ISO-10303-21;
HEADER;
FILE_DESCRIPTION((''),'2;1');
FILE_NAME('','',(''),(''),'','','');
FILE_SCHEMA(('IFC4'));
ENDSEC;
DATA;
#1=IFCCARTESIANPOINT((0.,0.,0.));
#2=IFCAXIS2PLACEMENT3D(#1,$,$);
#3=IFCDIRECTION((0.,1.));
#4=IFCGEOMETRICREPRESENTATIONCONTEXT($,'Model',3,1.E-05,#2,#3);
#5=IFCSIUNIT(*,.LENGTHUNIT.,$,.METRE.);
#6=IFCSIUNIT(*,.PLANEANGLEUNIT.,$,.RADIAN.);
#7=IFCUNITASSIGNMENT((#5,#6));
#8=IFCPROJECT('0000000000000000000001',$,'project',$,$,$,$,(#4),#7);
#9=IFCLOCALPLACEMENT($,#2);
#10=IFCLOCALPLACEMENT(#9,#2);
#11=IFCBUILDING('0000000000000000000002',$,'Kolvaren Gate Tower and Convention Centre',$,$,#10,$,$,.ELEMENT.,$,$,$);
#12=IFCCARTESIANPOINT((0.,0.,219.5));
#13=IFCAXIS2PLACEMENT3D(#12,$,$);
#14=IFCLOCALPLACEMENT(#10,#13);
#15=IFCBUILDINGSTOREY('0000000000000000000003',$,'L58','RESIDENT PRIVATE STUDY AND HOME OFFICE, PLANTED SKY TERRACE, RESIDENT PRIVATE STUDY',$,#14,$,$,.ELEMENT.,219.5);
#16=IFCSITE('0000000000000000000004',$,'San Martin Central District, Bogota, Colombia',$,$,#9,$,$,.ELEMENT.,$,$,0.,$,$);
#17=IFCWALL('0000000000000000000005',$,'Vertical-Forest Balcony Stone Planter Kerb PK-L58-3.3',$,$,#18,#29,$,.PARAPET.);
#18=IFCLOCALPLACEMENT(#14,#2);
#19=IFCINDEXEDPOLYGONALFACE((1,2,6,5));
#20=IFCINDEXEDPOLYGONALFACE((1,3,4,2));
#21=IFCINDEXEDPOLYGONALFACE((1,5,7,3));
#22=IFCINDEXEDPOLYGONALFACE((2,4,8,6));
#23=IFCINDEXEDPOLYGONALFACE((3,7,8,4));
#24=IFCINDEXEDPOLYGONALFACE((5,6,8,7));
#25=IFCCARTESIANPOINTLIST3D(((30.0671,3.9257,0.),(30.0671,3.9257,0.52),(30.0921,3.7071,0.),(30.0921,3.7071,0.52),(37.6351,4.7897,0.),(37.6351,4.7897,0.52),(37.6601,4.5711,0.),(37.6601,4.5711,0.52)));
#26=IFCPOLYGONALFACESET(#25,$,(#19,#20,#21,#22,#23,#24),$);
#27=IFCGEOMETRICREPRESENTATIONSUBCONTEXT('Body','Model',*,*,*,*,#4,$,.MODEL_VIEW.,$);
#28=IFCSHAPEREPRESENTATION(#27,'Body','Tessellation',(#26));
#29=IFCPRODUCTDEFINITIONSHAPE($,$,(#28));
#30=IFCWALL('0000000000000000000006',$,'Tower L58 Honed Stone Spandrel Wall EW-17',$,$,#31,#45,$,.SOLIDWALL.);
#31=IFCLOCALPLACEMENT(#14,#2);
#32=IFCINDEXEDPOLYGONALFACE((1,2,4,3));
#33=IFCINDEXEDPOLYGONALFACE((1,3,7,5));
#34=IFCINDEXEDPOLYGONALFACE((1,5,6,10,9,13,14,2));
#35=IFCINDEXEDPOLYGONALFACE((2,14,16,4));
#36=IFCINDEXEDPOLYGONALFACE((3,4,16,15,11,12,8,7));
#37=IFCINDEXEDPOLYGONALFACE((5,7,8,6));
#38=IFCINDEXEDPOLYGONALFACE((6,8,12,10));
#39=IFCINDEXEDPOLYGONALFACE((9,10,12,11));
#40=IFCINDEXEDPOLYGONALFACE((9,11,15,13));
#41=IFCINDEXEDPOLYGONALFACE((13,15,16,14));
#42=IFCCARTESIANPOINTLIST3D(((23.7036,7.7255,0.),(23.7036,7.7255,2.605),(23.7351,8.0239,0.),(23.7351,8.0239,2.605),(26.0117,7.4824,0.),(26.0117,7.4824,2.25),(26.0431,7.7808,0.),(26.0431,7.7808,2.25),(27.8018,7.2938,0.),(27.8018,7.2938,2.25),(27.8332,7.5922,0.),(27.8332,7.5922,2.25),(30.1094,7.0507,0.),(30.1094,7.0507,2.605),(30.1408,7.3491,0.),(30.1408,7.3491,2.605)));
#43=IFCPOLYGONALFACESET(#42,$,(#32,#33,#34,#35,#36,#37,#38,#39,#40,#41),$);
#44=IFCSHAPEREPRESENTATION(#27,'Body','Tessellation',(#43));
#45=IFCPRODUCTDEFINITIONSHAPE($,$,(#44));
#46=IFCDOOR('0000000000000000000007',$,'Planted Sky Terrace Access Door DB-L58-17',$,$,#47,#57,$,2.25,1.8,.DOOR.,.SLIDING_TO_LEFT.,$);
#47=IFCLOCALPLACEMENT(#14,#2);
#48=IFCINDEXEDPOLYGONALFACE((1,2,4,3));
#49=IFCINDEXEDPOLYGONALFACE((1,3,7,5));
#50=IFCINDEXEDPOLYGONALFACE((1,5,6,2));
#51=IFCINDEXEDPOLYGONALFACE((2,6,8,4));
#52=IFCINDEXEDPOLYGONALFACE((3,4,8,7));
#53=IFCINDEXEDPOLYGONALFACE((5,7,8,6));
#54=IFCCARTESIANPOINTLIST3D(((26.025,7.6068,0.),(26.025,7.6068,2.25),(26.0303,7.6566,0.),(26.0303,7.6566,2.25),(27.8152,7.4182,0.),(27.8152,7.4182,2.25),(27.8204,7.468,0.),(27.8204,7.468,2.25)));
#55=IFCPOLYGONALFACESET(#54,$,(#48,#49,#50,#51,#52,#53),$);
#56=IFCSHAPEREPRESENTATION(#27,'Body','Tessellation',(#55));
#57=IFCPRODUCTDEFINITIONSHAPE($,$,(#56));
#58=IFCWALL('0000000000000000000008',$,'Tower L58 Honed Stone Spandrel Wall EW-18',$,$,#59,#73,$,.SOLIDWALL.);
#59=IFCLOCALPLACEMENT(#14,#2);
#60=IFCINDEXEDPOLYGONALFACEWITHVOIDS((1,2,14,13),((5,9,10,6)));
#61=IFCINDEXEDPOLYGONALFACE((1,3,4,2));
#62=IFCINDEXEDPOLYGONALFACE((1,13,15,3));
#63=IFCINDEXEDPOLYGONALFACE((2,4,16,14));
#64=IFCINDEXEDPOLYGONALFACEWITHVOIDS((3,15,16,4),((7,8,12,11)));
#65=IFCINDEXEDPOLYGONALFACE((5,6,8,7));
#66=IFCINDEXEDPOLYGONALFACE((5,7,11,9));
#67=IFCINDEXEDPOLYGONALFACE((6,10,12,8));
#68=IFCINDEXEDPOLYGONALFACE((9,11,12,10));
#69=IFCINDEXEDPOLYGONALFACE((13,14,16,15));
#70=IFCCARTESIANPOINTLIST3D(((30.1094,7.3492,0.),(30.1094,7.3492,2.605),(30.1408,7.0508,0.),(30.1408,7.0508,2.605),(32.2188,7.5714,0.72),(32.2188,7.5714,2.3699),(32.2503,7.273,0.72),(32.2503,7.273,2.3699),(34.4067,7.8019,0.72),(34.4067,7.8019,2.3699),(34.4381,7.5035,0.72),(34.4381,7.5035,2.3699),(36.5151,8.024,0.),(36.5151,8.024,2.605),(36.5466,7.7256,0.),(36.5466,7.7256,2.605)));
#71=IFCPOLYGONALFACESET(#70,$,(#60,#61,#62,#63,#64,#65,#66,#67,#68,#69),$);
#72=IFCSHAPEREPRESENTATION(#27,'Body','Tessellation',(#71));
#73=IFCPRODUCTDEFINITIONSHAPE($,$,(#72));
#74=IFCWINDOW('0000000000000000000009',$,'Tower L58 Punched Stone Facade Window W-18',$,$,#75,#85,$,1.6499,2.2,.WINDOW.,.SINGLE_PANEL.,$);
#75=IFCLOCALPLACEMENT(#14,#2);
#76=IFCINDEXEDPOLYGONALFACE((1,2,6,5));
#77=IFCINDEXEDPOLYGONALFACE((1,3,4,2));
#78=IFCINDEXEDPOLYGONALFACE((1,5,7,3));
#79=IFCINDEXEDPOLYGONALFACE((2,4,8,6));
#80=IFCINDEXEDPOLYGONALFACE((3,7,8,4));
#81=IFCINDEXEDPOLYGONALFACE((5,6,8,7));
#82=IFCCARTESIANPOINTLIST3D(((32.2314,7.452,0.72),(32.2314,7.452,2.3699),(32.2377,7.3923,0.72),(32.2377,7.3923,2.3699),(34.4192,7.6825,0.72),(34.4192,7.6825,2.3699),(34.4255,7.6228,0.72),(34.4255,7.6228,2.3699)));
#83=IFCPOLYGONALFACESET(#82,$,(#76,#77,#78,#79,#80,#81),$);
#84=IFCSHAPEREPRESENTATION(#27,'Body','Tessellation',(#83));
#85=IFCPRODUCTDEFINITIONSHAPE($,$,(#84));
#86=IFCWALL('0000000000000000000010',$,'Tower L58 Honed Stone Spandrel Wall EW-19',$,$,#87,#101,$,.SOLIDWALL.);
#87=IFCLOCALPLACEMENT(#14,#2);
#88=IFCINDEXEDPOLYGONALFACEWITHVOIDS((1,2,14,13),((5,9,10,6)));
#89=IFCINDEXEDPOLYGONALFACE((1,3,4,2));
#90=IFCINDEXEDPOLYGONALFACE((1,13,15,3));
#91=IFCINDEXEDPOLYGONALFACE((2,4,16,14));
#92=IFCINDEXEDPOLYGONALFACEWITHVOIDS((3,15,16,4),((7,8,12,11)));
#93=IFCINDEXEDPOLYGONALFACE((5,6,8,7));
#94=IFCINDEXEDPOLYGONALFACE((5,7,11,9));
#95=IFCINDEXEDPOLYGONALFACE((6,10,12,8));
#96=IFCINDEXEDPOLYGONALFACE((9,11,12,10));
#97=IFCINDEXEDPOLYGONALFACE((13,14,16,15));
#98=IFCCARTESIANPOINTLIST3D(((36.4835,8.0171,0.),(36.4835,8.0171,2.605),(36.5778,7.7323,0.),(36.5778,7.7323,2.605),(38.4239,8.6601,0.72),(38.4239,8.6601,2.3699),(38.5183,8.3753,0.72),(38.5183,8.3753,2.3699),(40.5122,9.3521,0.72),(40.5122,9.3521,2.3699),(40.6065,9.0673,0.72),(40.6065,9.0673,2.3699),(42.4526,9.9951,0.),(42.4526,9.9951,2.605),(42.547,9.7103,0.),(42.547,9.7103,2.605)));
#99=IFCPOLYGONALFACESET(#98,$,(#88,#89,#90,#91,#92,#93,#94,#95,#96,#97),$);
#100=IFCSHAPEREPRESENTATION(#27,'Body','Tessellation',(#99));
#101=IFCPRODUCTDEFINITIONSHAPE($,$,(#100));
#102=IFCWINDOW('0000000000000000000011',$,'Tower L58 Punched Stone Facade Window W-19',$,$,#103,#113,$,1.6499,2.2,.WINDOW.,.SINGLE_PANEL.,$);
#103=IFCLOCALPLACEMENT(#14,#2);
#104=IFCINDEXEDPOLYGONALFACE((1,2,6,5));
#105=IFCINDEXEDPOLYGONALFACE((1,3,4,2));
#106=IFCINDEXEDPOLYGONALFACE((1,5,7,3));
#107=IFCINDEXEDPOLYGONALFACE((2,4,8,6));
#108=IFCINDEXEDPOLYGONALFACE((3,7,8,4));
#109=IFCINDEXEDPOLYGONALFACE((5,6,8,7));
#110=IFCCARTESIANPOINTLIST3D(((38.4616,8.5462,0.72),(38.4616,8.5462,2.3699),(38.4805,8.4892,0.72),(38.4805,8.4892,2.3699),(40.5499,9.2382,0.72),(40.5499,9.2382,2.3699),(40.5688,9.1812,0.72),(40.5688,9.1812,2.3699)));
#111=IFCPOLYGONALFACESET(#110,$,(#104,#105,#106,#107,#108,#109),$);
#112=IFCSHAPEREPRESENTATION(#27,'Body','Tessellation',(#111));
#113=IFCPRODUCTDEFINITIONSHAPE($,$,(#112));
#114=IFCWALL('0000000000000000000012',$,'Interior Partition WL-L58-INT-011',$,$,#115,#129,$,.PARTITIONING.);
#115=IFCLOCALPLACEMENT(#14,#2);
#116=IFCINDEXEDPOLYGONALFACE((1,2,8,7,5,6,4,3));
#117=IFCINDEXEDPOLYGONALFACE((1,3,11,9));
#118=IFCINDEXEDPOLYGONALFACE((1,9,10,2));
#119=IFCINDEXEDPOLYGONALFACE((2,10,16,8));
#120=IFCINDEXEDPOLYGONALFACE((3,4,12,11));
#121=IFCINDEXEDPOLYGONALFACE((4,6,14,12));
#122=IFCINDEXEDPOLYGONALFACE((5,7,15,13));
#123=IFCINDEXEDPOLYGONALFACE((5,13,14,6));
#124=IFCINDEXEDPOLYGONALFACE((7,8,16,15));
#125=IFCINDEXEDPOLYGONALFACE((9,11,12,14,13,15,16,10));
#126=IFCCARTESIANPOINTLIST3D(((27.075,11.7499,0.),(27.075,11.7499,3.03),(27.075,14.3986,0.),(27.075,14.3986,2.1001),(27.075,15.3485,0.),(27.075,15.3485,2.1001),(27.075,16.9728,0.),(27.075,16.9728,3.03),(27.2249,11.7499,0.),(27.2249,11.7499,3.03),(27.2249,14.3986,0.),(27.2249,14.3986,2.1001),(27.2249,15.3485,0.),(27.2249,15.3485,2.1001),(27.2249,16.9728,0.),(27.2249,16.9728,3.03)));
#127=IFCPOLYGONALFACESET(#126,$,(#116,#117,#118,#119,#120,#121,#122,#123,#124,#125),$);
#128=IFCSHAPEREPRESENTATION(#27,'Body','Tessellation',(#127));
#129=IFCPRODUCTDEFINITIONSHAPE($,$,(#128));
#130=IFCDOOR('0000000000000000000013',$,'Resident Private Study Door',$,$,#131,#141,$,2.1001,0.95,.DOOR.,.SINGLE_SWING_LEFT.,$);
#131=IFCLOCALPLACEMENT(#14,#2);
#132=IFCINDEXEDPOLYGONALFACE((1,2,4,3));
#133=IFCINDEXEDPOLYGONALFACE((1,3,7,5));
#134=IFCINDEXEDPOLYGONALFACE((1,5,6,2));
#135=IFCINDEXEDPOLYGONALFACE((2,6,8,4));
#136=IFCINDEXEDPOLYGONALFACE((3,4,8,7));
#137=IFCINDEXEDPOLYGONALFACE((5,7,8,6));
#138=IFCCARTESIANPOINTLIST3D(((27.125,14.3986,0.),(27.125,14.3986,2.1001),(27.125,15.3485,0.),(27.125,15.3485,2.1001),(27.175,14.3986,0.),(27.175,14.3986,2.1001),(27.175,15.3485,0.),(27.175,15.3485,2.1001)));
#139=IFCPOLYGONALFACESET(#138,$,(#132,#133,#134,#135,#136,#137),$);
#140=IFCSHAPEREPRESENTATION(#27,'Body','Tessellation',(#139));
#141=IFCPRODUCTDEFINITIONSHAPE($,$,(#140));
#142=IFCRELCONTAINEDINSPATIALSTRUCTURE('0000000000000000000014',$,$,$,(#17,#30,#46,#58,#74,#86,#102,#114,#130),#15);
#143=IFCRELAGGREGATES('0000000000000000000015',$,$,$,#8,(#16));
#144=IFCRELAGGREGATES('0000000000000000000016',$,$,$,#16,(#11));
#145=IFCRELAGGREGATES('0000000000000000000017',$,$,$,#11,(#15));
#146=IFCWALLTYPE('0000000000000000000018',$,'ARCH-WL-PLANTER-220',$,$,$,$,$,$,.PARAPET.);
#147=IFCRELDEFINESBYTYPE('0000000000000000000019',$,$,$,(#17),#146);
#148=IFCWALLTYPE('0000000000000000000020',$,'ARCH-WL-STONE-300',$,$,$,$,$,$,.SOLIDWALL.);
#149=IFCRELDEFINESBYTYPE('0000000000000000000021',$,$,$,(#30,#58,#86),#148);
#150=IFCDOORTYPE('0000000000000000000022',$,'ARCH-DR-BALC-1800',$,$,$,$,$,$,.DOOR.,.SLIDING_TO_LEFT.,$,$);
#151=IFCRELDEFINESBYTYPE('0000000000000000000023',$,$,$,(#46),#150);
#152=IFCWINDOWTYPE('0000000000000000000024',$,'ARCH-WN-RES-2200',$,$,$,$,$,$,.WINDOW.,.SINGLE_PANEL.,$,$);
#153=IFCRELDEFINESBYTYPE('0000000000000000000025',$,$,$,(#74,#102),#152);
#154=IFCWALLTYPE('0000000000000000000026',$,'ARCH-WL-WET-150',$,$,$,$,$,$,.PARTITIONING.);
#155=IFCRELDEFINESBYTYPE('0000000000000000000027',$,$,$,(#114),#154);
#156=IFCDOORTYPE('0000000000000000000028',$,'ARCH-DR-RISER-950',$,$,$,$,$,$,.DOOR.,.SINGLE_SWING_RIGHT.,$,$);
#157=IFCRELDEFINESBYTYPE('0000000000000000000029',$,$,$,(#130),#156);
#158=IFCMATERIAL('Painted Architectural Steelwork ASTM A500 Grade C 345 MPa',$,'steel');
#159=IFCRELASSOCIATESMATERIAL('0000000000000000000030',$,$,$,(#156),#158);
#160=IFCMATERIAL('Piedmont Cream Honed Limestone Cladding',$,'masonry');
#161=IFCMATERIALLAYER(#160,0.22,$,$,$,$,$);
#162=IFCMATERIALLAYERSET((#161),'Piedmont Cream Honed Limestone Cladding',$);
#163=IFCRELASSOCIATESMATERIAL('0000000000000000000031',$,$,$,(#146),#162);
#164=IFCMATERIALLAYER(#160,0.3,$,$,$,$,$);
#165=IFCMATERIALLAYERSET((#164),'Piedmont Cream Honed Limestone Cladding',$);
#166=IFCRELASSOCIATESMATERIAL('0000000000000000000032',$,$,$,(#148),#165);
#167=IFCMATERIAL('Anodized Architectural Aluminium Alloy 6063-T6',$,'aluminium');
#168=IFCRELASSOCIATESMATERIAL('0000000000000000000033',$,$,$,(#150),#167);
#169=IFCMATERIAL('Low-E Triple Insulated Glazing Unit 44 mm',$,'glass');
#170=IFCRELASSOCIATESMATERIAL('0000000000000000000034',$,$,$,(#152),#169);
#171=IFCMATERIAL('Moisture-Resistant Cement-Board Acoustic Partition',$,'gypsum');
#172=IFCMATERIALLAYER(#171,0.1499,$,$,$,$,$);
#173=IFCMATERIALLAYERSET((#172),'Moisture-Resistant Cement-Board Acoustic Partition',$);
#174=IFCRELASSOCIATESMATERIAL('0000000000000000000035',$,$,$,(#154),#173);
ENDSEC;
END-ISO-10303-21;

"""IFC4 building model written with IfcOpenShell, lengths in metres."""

from ifc_helpers import new_model, si_unit, direction, frame, frame_2d, origin, place, context, subcontext, project, spatial, rectangle, extrude, material, layer, layer_set, type_object, element, fill, save


model = new_model("IFC4")

# Units and contexts
model_context = context("Model", 3, precision=1e-05, world=origin(), true_north=direction((0.0, 1.0)))
body_context = subcontext(model_context, "Body", "Model", "MODEL_VIEW")
ifc_project = project(units=[si_unit("LENGTHUNIT", "METRE"), si_unit("PLANEANGLEUNIT", "RADIAN")], contexts=[model_context])

# Site, building, storey
site_placement = place(None, origin())
site = spatial("IfcSite", under=ifc_project, at=site_placement, Name="San Martin Central District, Bogota, Colombia", CompositionType="ELEMENT", RefElevation=0.0)
building_placement = place(site_placement, origin())
building = spatial("IfcBuilding", under=site, at=building_placement, Name="Kolvaren Gate Tower and Convention Centre", CompositionType="ELEMENT")
storey_placement = place(building_placement, frame((0.0, 0.0, 219.5)))
storey = spatial("IfcBuildingStorey", under=building, at=storey_placement, Name="L58", Description="RESIDENT PRIVATE STUDY AND HOME OFFICE, PLANTED SKY TERRACE, RESIDENT PRIVATE STUDY", CompositionType="ELEMENT", Elevation=219.5)

# Shared definitions
ifc_material_1 = material(Name="Painted Architectural Steelwork ASTM A500 Grade C 345 MPa", Category="steel")
door_type_1 = type_object("IfcDoorType", Name="ARCH-DR-RISER-950", OperationType="SINGLE_SWING_RIGHT", PredefinedType="DOOR", material=ifc_material_1)

# Wall
ifc_material_2 = material(Name="Piedmont Cream Honed Limestone Cladding", Category="masonry")
ifc_layer_1 = layer(ifc_material_2, 0.22)
ifc_layer_set_1 = layer_set([ifc_layer_1], Name="Piedmont Cream Honed Limestone Cladding")
wall_type_1 = type_object("IfcWallType", Name="ARCH-WL-PLANTER-220", PredefinedType="PARAPET", material=ifc_layer_set_1)
wall_1_placement = place(storey_placement, frame((30.0796, 3.8164, 0.0), z_axis=(0.0, 0.0, 1.0), x_axis=(0.993546, 0.113428, 0.0)))
element("IfcWall", 1, at=wall_1_placement, inside=storey, type_object=wall_type_1, Name="Vertical-Forest Balcony Stone Planter Kerb PK-L58-3.3", PredefinedType="PARAPET", context=body_context, shape_type="SweptSolid", body=[
    extrude(rectangle(XDim=7.6172, YDim=0.22, at=frame_2d((3.8086, 0.0))), origin(), (0.0, 0.0, 1.0), 0.52),
])

# Wall, opening, door
ifc_layer_2 = layer(ifc_material_2, 0.3)
ifc_layer_set_2 = layer_set([ifc_layer_2], Name="Piedmont Cream Honed Limestone Cladding")
wall_type_2 = type_object("IfcWallType", Name="ARCH-WL-STONE-300", PredefinedType="SOLIDWALL", material=ifc_layer_set_2)
wall_2_placement = place(storey_placement, frame((23.7192, 7.8748, 0.0), z_axis=(0.0, 0.0, 1.0), x_axis=(0.994497, -0.104764, 0.0)))
wall_2 = element("IfcWall", 2, at=wall_2_placement, inside=storey, type_object=wall_type_2, Name="Tower L58 Honed Stone Spandrel Wall EW-17", PredefinedType="SOLIDWALL", context=body_context, shape_type="SweptSolid", body=[
    extrude(rectangle(XDim=6.4412, YDim=0.3, at=frame_2d((3.2207, 0.0))), origin(), (0.0, 0.0, 1.0), 2.605),
])
opening_1_placement = place(wall_2_placement, frame((2.321, 0.0, 0.0)))
opening_1 = element("IfcOpeningElement", 3, at=opening_1_placement, cuts=wall_2, PredefinedType="OPENING", context=body_context, shape_type="SweptSolid", body=[
    extrude(rectangle(XDim=1.8, YDim=2.25, at=frame_2d((0.8999, 1.125))), frame((0.0, 0.1599, 0.0), z_axis=(0.0, -1.0, 0.0), x_axis=(1.0, 0.0, 0.0)), (0.0, 0.0, 1.0), 0.3201),
])
ifc_material_3 = material(Name="Anodized Architectural Aluminium Alloy 6063-T6", Category="aluminium")
door_type_2 = type_object("IfcDoorType", Name="ARCH-DR-BALC-1800", OperationType="SLIDING_TO_LEFT", PredefinedType="DOOR", material=ifc_material_3)
door_1_placement = place(opening_1_placement, frame((1.8, 0.0, 0.0), z_axis=(0.0, 0.0, 1.0), x_axis=(-1.0, 0.0, 0.0)))
door_1 = element("IfcDoor", 4, at=door_1_placement, inside=storey, type_object=door_type_2, Name="Planted Sky Terrace Access Door DB-L58-17", OperationType="SLIDING_TO_LEFT", OverallHeight=2.25, OverallWidth=1.8, PredefinedType="DOOR", context=body_context, shape_type="SweptSolid", body=[
    extrude(rectangle(XDim=1.8, YDim=2.25, at=frame_2d((0.8999, 1.125))), frame((0.0, 0.0249, 0.0), z_axis=(0.0, -1.0, 0.0), x_axis=(1.0, 0.0, 0.0)), (0.0, 0.0, 1.0), 0.05),
])
fill(opening_1, door_1)

# Walls, openings, windows
wall_3_placement = place(storey_placement, frame((30.125, 7.2, 0.0), z_axis=(0.0, 0.0, 1.0), x_axis=(0.994497, 0.104764, 0.0)))
wall_3 = element("IfcWall", 5, at=wall_3_placement, inside=storey, type_object=wall_type_2, Name="Tower L58 Honed Stone Spandrel Wall EW-18", PredefinedType="SOLIDWALL", context=body_context, shape_type="SweptSolid", body=[
    extrude(rectangle(XDim=6.4412, YDim=0.3, at=frame_2d((3.2207, 0.0))), origin(), (0.0, 0.0, 1.0), 2.605),
])
opening_2_placement = place(wall_3_placement, frame((2.1211, 0.0, 0.72)))
opening_2 = element("IfcOpeningElement", 6, at=opening_2_placement, cuts=wall_3, PredefinedType="OPENING", context=body_context, shape_type="SweptSolid", body=[
    extrude(rectangle(XDim=2.2, YDim=1.6499, at=frame_2d((1.1001, 0.825))), frame((0.0, 0.1599, 0.0), z_axis=(0.0, -1.0, 0.0), x_axis=(1.0, 0.0, 0.0)), (0.0, 0.0, 1.0), 0.3201),
])
ifc_material_4 = material(Name="Low-E Triple Insulated Glazing Unit 44 mm", Category="glass")
window_type = type_object("IfcWindowType", Name="ARCH-WN-RES-2200", PartitioningType="SINGLE_PANEL", PredefinedType="WINDOW", material=ifc_material_4)
window_1_placement = place(opening_2_placement, origin())
window_1 = element("IfcWindow", 7, at=window_1_placement, inside=storey, type_object=window_type, Name="Tower L58 Punched Stone Facade Window W-18", OverallHeight=1.6499, OverallWidth=2.2, PartitioningType="SINGLE_PANEL", PredefinedType="WINDOW", context=body_context, shape_type="SweptSolid", body=[
    extrude(rectangle(XDim=2.2, YDim=1.6499, at=frame_2d((1.1001, 0.825))), frame((0.0, 0.03, 0.0), z_axis=(0.0, -1.0, 0.0), x_axis=(1.0, 0.0, 0.0)), (0.0, 0.0, 1.0), 0.0601),
])
fill(opening_2, window_1)
wall_4_placement = place(storey_placement, frame((36.5308, 7.8748, 0.0), z_axis=(0.0, 0.0, 1.0), x_axis=(0.949241, 0.31455, 0.0)))
wall_4 = element("IfcWall", 8, at=wall_4_placement, inside=storey, type_object=wall_type_2, Name="Tower L58 Honed Stone Spandrel Wall EW-19", PredefinedType="SOLIDWALL", context=body_context, shape_type="SweptSolid", body=[
    extrude(rectangle(XDim=6.2883, YDim=0.3, at=frame_2d((3.144, 0.0))), origin(), (0.0, 0.0, 1.0), 2.605),
])
opening_3_placement = place(wall_4_placement, frame((2.0439, 0.0, 0.72)))
opening_3 = element("IfcOpeningElement", 9, at=opening_3_placement, cuts=wall_4, PredefinedType="OPENING", context=body_context, shape_type="SweptSolid", body=[
    extrude(rectangle(XDim=2.2, YDim=1.6499, at=frame_2d((1.1001, 0.825))), frame((0.0, 0.1599, 0.0), z_axis=(0.0, -1.0, 0.0), x_axis=(1.0, 0.0, 0.0)), (0.0, 0.0, 1.0), 0.3201),
])
window_2_placement = place(opening_3_placement, origin())
window_2 = element("IfcWindow", 10, at=window_2_placement, inside=storey, type_object=window_type, Name="Tower L58 Punched Stone Facade Window W-19", OverallHeight=1.6499, OverallWidth=2.2, PartitioningType="SINGLE_PANEL", PredefinedType="WINDOW", context=body_context, shape_type="SweptSolid", body=[
    extrude(rectangle(XDim=2.2, YDim=1.6499, at=frame_2d((1.1001, 0.825))), frame((0.0, 0.03, 0.0), z_axis=(0.0, -1.0, 0.0), x_axis=(1.0, 0.0, 0.0)), (0.0, 0.0, 1.0), 0.0601),
])
fill(opening_3, window_2)

# Wall, opening, door
ifc_material_5 = material(Name="Moisture-Resistant Cement-Board Acoustic Partition", Category="gypsum")
ifc_layer_3 = layer(ifc_material_5, 0.1499)
ifc_layer_set_3 = layer_set([ifc_layer_3], Name="Moisture-Resistant Cement-Board Acoustic Partition")
wall_type_3 = type_object("IfcWallType", Name="ARCH-WL-WET-150", PredefinedType="PARTITIONING", material=ifc_layer_set_3)
wall_5_placement = place(storey_placement, frame((27.1499, 11.75, 0.0), z_axis=(0.0, 0.0, 1.0), x_axis=(0.0, 1.0, 0.0)))
wall_5 = element("IfcWall", 11, at=wall_5_placement, inside=storey, type_object=wall_type_3, Name="Interior Partition WL-L58-INT-011", PredefinedType="PARTITIONING", context=body_context, shape_type="SweptSolid", body=[
    extrude(rectangle(XDim=5.2229, YDim=0.1499, at=frame_2d((2.6113, 0.0))), origin(), (0.0, 0.0, 1.0), 3.03),
])
opening_4_placement = place(wall_5_placement, frame((2.6484, 0.0, 0.0)))
opening_4 = element("IfcOpeningElement", 12, at=opening_4_placement, cuts=wall_5, PredefinedType="OPENING", context=body_context, shape_type="SweptSolid", body=[
    extrude(rectangle(XDim=0.95, YDim=2.1001, at=frame_2d((0.4751, 1.05))), frame((0.0, 0.085, 0.0), z_axis=(0.0, -1.0, 0.0), x_axis=(1.0, 0.0, 0.0)), (0.0, 0.0, 1.0), 0.1699),
])
door_2_placement = place(opening_4_placement, origin())
door_2 = element("IfcDoor", 13, at=door_2_placement, inside=storey, type_object=door_type_1, Name="Resident Private Study Door", OperationType="SINGLE_SWING_LEFT", OverallHeight=2.1001, OverallWidth=0.95, PredefinedType="DOOR", context=body_context, shape_type="SweptSolid", body=[
    extrude(rectangle(XDim=0.95, YDim=2.1001, at=frame_2d((0.4751, 1.05))), frame((0.0, 0.0249, 0.0), z_axis=(0.0, -1.0, 0.0), x_axis=(1.0, 0.0, 0.0)), (0.0, 0.0, 1.0), 0.05),
])
fill(opening_4, door_2)

save(model, "model.ifc")
